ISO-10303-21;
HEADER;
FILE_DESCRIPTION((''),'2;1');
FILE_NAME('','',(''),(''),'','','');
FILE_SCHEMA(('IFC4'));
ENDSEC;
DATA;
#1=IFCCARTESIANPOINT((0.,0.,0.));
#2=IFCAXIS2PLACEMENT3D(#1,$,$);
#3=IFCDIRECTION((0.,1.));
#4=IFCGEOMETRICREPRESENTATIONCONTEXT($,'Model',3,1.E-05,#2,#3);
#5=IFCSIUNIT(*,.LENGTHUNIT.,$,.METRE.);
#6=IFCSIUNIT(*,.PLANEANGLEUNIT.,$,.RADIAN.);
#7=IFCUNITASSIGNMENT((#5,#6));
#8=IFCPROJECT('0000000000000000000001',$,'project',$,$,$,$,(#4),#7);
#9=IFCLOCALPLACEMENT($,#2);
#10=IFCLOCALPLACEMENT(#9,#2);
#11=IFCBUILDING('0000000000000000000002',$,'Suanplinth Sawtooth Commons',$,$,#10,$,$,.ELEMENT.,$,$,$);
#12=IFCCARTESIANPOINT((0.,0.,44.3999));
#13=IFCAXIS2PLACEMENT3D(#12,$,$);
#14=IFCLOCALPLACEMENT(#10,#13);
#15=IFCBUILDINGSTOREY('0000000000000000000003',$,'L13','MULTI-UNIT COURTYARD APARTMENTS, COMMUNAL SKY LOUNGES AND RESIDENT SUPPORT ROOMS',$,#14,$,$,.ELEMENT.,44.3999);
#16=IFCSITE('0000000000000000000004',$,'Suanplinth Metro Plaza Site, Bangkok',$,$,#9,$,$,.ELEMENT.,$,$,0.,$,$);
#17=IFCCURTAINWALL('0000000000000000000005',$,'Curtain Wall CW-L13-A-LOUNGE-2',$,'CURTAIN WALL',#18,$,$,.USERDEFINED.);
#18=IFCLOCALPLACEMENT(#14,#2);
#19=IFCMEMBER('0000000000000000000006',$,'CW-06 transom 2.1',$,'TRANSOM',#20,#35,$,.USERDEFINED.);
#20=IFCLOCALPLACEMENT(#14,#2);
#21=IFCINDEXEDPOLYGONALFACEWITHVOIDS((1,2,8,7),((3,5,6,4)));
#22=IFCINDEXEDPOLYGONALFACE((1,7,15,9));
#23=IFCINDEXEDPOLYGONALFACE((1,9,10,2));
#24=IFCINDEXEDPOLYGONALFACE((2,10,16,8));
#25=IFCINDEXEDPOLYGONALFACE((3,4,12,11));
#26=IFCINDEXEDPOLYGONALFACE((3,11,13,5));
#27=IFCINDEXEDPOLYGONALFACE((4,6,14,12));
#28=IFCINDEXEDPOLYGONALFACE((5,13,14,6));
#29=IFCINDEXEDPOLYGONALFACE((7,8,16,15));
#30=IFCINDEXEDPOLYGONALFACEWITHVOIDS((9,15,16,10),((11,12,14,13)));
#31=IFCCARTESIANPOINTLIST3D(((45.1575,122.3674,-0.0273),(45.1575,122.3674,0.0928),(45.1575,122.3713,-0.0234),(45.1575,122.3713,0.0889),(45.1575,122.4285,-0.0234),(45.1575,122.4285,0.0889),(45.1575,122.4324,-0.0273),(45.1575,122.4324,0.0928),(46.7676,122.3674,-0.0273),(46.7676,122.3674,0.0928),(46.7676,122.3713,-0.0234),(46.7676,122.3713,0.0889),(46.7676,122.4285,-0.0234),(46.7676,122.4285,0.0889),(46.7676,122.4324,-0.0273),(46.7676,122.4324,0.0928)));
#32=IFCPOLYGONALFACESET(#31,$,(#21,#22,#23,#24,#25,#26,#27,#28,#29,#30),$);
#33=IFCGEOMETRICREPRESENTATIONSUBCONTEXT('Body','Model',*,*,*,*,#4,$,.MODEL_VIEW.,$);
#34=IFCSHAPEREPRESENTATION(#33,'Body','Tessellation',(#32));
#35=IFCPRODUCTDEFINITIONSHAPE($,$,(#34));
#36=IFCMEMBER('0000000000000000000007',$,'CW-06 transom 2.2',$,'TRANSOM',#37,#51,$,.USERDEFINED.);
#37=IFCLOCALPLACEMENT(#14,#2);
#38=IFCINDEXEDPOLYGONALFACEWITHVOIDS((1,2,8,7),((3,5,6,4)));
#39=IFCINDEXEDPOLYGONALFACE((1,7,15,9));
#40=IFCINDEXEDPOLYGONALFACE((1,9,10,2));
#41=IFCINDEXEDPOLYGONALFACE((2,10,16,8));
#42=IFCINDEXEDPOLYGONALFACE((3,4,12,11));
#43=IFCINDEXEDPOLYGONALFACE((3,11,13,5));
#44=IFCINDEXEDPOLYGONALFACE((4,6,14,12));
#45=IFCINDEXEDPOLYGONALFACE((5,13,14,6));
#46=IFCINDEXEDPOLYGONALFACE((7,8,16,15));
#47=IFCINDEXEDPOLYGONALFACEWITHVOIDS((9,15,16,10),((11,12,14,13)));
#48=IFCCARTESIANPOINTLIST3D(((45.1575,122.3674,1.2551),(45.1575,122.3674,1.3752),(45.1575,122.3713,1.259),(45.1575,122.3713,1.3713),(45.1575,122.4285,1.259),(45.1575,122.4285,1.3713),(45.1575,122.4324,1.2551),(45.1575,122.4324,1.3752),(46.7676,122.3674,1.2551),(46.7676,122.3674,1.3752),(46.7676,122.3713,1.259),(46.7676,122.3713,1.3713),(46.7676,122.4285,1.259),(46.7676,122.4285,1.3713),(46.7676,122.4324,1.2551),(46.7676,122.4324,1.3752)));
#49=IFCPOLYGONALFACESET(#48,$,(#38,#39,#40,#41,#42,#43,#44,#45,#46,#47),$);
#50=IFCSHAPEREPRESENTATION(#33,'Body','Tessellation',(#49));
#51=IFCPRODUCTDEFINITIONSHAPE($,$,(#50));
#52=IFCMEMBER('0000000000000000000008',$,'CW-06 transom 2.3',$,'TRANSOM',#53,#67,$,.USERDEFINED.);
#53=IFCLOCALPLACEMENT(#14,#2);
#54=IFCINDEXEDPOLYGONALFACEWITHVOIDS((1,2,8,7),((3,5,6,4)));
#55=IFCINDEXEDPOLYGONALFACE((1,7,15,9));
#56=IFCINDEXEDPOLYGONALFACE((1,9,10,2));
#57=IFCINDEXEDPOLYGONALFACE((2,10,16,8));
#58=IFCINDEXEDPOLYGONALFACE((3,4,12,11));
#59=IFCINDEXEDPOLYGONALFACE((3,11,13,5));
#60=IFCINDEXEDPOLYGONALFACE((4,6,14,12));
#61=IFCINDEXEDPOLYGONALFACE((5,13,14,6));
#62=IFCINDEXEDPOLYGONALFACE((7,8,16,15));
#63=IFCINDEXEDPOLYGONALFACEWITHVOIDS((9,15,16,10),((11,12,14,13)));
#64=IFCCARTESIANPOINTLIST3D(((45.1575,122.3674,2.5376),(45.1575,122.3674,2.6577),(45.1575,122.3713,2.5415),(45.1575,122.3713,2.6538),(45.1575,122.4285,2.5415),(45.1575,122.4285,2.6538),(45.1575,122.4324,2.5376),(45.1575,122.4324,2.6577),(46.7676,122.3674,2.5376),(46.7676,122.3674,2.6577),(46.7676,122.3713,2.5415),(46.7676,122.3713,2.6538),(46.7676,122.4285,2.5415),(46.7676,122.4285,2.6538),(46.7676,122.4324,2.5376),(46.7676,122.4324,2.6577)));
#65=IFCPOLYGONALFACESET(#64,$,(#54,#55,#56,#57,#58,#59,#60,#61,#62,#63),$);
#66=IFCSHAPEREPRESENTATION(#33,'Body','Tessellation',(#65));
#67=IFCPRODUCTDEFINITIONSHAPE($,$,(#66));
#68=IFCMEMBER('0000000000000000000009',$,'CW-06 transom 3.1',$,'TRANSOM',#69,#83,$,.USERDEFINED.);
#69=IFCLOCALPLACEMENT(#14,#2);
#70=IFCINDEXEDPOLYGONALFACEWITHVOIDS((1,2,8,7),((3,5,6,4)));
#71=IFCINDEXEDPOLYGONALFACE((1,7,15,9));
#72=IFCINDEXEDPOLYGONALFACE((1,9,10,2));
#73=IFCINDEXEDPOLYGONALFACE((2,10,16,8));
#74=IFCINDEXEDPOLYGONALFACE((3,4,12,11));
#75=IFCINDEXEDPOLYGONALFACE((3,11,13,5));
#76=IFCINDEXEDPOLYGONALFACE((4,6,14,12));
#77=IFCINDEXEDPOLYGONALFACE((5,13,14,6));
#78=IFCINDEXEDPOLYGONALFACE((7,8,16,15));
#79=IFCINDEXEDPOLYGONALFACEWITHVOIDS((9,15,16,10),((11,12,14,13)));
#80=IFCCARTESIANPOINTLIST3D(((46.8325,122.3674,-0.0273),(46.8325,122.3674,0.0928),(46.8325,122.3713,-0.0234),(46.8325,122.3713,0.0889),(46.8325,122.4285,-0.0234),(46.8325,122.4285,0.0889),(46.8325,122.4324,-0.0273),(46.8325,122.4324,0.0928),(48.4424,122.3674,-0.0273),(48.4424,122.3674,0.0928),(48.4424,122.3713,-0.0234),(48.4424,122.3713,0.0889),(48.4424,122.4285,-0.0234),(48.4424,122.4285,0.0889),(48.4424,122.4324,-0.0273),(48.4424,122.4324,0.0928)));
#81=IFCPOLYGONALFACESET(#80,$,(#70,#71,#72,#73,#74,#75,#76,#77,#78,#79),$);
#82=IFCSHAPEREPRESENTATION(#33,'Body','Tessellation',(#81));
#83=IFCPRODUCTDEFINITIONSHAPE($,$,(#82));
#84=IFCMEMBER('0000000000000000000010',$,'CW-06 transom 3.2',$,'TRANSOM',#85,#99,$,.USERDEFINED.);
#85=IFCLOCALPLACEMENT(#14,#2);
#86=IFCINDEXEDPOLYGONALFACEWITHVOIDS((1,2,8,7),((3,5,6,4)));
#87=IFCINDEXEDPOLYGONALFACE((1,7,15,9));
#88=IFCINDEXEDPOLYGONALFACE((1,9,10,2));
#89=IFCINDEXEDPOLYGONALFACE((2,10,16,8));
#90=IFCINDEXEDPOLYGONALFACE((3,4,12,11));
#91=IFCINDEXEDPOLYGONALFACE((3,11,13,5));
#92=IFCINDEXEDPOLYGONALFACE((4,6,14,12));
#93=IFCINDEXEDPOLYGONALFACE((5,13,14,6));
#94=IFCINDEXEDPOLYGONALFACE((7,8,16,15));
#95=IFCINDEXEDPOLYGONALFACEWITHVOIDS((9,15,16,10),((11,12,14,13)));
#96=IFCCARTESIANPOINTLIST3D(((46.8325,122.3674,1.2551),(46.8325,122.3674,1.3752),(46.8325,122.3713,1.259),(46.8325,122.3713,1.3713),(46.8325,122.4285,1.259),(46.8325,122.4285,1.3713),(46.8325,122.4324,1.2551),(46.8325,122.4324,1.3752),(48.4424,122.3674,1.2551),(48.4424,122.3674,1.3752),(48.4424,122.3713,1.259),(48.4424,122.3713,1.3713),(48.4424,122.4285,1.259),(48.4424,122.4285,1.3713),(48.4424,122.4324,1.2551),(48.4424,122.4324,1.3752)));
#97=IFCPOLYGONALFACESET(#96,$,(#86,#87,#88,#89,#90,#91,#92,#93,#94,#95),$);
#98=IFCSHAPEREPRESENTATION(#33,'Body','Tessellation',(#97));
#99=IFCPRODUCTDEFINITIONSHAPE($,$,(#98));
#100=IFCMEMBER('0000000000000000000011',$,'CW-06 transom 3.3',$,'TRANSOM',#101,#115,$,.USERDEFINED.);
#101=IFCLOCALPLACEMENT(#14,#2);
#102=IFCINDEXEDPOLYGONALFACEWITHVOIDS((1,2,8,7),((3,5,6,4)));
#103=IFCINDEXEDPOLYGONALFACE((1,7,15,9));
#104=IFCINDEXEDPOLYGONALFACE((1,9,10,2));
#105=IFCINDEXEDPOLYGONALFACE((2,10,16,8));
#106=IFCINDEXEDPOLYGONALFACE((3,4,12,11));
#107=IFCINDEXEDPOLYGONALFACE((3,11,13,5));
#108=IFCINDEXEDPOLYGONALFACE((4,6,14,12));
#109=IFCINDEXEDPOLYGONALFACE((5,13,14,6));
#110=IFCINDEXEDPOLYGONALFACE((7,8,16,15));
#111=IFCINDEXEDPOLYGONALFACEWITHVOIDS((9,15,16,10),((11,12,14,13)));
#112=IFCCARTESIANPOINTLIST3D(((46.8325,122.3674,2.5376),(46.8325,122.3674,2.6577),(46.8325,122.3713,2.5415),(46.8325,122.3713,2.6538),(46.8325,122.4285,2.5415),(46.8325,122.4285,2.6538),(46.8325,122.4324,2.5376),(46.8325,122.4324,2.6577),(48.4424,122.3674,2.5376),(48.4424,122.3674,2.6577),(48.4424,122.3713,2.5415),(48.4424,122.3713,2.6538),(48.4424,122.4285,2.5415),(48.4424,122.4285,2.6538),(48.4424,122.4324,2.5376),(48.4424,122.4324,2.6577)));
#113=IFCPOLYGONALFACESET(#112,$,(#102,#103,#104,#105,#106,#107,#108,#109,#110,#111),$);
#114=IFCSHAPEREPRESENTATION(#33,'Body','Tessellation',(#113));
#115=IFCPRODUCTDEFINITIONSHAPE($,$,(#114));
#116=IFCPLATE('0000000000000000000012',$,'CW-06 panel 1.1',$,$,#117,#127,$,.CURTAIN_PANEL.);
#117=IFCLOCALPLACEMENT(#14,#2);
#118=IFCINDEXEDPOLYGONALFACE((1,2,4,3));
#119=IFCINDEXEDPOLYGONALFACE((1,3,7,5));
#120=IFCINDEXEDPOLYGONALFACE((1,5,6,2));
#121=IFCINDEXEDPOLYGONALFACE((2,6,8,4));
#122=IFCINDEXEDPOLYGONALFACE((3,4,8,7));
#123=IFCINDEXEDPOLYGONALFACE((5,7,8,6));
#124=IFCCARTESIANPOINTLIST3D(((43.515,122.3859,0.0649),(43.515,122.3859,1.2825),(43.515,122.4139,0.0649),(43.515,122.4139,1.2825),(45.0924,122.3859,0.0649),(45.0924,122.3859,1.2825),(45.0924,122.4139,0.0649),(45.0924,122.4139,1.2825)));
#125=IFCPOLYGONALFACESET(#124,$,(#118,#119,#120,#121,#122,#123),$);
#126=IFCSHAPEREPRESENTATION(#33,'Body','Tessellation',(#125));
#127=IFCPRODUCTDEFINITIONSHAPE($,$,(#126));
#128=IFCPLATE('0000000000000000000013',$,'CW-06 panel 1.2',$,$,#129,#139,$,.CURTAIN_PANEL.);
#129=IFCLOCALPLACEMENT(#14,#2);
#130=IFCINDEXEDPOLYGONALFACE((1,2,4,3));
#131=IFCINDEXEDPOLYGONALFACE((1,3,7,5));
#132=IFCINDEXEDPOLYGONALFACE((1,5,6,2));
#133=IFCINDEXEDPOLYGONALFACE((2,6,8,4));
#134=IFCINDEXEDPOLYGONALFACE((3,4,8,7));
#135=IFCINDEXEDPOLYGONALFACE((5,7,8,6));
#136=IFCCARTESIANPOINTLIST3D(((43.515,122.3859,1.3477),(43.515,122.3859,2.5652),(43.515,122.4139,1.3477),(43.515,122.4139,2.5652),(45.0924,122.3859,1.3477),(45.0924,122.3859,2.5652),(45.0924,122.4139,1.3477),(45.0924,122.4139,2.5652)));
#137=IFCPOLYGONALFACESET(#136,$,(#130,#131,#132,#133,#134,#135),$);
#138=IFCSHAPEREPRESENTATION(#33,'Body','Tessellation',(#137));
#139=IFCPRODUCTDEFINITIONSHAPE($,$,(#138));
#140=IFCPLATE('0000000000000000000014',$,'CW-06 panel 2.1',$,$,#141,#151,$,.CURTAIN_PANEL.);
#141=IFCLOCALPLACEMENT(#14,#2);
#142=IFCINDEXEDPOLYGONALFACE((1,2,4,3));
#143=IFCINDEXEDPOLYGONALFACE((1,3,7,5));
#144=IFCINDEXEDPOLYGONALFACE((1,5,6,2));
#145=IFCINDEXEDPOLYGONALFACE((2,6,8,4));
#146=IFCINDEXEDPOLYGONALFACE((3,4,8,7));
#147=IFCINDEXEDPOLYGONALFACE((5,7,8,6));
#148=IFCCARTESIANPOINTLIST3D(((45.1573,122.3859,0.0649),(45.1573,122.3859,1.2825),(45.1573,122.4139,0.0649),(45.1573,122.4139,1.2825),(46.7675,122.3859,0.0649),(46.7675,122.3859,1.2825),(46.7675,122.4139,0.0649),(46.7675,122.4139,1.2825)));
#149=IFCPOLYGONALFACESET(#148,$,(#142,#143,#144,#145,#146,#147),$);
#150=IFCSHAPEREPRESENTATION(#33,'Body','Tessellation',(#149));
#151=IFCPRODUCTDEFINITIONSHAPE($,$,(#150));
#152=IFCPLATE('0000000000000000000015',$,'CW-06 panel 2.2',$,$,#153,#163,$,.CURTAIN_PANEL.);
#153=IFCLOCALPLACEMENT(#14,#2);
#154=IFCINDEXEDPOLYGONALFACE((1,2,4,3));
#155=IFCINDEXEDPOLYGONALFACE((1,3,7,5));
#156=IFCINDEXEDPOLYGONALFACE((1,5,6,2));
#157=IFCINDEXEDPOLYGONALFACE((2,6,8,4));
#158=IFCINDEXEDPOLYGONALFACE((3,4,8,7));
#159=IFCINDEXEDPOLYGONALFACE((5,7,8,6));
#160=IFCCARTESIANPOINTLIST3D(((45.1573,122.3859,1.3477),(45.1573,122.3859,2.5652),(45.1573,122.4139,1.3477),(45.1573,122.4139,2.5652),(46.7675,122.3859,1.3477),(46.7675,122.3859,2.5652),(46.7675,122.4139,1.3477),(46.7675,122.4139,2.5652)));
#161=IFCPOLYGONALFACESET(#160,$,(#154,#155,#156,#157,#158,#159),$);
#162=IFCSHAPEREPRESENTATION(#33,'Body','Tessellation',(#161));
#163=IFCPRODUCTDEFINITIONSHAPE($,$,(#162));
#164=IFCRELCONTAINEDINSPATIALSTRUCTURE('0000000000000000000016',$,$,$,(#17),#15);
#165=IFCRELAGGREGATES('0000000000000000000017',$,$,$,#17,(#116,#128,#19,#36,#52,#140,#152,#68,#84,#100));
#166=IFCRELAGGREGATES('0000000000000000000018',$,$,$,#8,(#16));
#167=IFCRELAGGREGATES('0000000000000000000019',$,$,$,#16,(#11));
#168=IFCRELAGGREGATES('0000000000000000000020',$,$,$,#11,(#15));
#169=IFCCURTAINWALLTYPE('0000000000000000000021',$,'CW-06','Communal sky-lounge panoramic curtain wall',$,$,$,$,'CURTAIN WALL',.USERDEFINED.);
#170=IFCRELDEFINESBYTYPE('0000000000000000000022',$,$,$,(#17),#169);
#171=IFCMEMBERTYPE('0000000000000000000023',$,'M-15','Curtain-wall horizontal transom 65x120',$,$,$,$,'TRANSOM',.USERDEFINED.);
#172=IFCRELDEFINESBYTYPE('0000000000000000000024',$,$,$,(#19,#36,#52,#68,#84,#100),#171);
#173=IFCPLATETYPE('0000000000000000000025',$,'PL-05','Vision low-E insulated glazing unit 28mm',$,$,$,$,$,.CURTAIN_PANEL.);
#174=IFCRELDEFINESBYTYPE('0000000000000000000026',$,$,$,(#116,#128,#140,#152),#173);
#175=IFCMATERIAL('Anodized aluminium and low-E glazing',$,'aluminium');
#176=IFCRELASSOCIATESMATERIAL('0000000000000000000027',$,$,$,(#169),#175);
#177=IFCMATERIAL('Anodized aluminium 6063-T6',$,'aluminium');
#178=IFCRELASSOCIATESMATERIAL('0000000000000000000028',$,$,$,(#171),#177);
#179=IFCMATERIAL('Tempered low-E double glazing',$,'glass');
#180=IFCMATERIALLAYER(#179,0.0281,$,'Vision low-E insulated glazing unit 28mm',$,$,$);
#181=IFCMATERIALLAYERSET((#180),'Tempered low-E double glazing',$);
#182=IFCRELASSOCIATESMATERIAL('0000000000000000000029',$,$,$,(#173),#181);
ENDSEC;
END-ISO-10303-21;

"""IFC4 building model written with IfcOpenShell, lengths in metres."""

from ifc_helpers import new_model, si_unit, direction, frame, origin, origin_2d, place, context, subcontext, project, spatial, rectangle, hollow_rectangle, extrude, material, layer, layer_set, material_profile, profile_set, type_object, element, aggregate, save


model = new_model("IFC4")

# Units and contexts
model_context = context("Model", 3, precision=1e-05, world=origin(), true_north=direction((0.0, 1.0)))
body_context = subcontext(model_context, "Body", "Model", "MODEL_VIEW")
ifc_project = project(units=[si_unit("LENGTHUNIT", "METRE"), si_unit("PLANEANGLEUNIT", "RADIAN")], contexts=[model_context])

# Site, building, storey
site_placement = place(None, origin())
site = spatial("IfcSite", under=ifc_project, at=site_placement, Name="Suanplinth Metro Plaza Site, Bangkok", CompositionType="ELEMENT", RefElevation=0.0)
building_placement = place(site_placement, origin())
building = spatial("IfcBuilding", under=site, at=building_placement, Name="Suanplinth Sawtooth Commons", CompositionType="ELEMENT")
storey_placement = place(building_placement, frame((0.0, 0.0, 44.3999)))
storey = spatial("IfcBuildingStorey", under=building, at=storey_placement, Name="L13", Description="MULTI-UNIT COURTYARD APARTMENTS, COMMUNAL SKY LOUNGES AND RESIDENT SUPPORT ROOMS", CompositionType="ELEMENT", Elevation=44.3999)

# Curtain wall, members, plates
ifc_material_1 = material(Name="Anodized aluminium and low-E glazing", Category="aluminium")
curtain_wall_type = type_object("IfcCurtainWallType", Name="CW-06", Description="Communal sky-lounge panoramic curtain wall", ElementType="CURTAIN WALL", PredefinedType="USERDEFINED", material=ifc_material_1)
curtain_wall_placement = place(storey_placement, origin())
curtain_wall = element("IfcCurtainWall", 1, at=curtain_wall_placement, inside=storey, type_object=curtain_wall_type, Name="Curtain Wall CW-L13-A-LOUNGE-2", ObjectType="CURTAIN WALL", PredefinedType="USERDEFINED")
ifc_material_2 = material(Name="Anodized aluminium 6063-T6", Category="aluminium")
ifc_material_profile_1 = material_profile(ifc_material_2, hollow_rectangle(XDim=0.0649, YDim=0.1201, WallThickness=0.0039, at=origin_2d()), Name="ALU-TRN 65x120")
ifc_profile_set_1 = profile_set([ifc_material_profile_1], Name="Anodized aluminium 6063-T6")
member_type_1 = type_object("IfcMemberType", Name="M-15", Description="Curtain-wall horizontal transom 65x120", ElementType="TRANSOM", PredefinedType="USERDEFINED", material=ifc_profile_set_1)
member_1_placement = place(storey_placement, frame((45.1575, 122.3999, 0.0327), z_axis=(1.0, 0.0, 0.0), x_axis=(0.0, 1.0, 0.0)))
member_1 = element("IfcMember", 2, at=member_1_placement, type_object=member_type_1, Name="CW-06 transom 2.1", ObjectType="TRANSOM", PredefinedType="USERDEFINED", context=body_context, shape_type="SweptSolid", body=[
    extrude(hollow_rectangle(XDim=0.0649, YDim=0.1201, WallThickness=0.0039, at=origin_2d()), origin(), (0.0, 0.0, 1.0), 1.6101),
])
member_2_placement = place(storey_placement, frame((45.1575, 122.3999, 1.3152), z_axis=(1.0, 0.0, 0.0), x_axis=(0.0, 1.0, 0.0)))
member_2 = element("IfcMember", 3, at=member_2_placement, type_object=member_type_1, Name="CW-06 transom 2.2", ObjectType="TRANSOM", PredefinedType="USERDEFINED", context=body_context, shape_type="SweptSolid", body=[
    extrude(hollow_rectangle(XDim=0.0649, YDim=0.1201, WallThickness=0.0039, at=origin_2d()), origin(), (0.0, 0.0, 1.0), 1.6101),
])
member_3_placement = place(storey_placement, frame((45.1575, 122.3999, 2.5977), z_axis=(1.0, 0.0, 0.0), x_axis=(0.0, 1.0, 0.0)))
member_3 = element("IfcMember", 4, at=member_3_placement, type_object=member_type_1, Name="CW-06 transom 2.3", ObjectType="TRANSOM", PredefinedType="USERDEFINED", context=body_context, shape_type="SweptSolid", body=[
    extrude(hollow_rectangle(XDim=0.0649, YDim=0.1201, WallThickness=0.0039, at=origin_2d()), origin(), (0.0, 0.0, 1.0), 1.6101),
])
member_4_placement = place(storey_placement, frame((46.8325, 122.3999, 0.0327), z_axis=(1.0, 0.0, 0.0), x_axis=(0.0, 1.0, 0.0)))
member_4 = element("IfcMember", 5, at=member_4_placement, type_object=member_type_1, Name="CW-06 transom 3.1", ObjectType="TRANSOM", PredefinedType="USERDEFINED", context=body_context, shape_type="SweptSolid", body=[
    extrude(hollow_rectangle(XDim=0.0649, YDim=0.1201, WallThickness=0.0039, at=origin_2d()), origin(), (0.0, 0.0, 1.0), 1.6099),
])
member_5_placement = place(storey_placement, frame((46.8325, 122.3999, 1.3152), z_axis=(1.0, 0.0, 0.0), x_axis=(0.0, 1.0, 0.0)))
member_5 = element("IfcMember", 6, at=member_5_placement, type_object=member_type_1, Name="CW-06 transom 3.2", ObjectType="TRANSOM", PredefinedType="USERDEFINED", context=body_context, shape_type="SweptSolid", body=[
    extrude(hollow_rectangle(XDim=0.0649, YDim=0.1201, WallThickness=0.0039, at=origin_2d()), origin(), (0.0, 0.0, 1.0), 1.6099),
])
member_6_placement = place(storey_placement, frame((46.8325, 122.3999, 2.5977), z_axis=(1.0, 0.0, 0.0), x_axis=(0.0, 1.0, 0.0)))
member_6 = element("IfcMember", 7, at=member_6_placement, type_object=member_type_1, Name="CW-06 transom 3.3", ObjectType="TRANSOM", PredefinedType="USERDEFINED", context=body_context, shape_type="SweptSolid", body=[
    extrude(hollow_rectangle(XDim=0.0649, YDim=0.1201, WallThickness=0.0039, at=origin_2d()), origin(), (0.0, 0.0, 1.0), 1.6099),
])
ifc_material_3 = material(Name="Tempered low-E double glazing", Category="glass")
ifc_layer_1 = layer(ifc_material_3, 0.0281, Name="Vision low-E insulated glazing unit 28mm")
ifc_layer_set_1 = layer_set([ifc_layer_1], Name="Tempered low-E double glazing")
plate_type = type_object("IfcPlateType", Name="PL-05", Description="Vision low-E insulated glazing unit 28mm", PredefinedType="CURTAIN_PANEL", material=ifc_layer_set_1)
plate_1_placement = place(storey_placement, frame((44.3037, 122.3999, 0.0649), z_axis=(0.0, 0.0, 1.0), x_axis=(1.0, 0.0, 0.0)))
plate_1 = element("IfcPlate", 8, at=plate_1_placement, type_object=plate_type, Name="CW-06 panel 1.1", PredefinedType="CURTAIN_PANEL", context=body_context, shape_type="SweptSolid", body=[
    extrude(rectangle(XDim=1.5774, YDim=0.0281, at=origin_2d()), origin(), (0.0, 0.0, 1.0), 1.2175),
])
plate_2_placement = place(storey_placement, frame((44.3037, 122.3999, 1.3477), z_axis=(0.0, 0.0, 1.0), x_axis=(1.0, 0.0, 0.0)))
plate_2 = element("IfcPlate", 9, at=plate_2_placement, type_object=plate_type, Name="CW-06 panel 1.2", PredefinedType="CURTAIN_PANEL", context=body_context, shape_type="SweptSolid", body=[
    extrude(rectangle(XDim=1.5774, YDim=0.0281, at=origin_2d()), origin(), (0.0, 0.0, 1.0), 1.2175),
])
plate_3_placement = place(storey_placement, frame((45.9624, 122.3999, 0.0649), z_axis=(0.0, 0.0, 1.0), x_axis=(1.0, 0.0, 0.0)))
plate_3 = element("IfcPlate", 10, at=plate_3_placement, type_object=plate_type, Name="CW-06 panel 2.1", PredefinedType="CURTAIN_PANEL", context=body_context, shape_type="SweptSolid", body=[
    extrude(rectangle(XDim=1.6101, YDim=0.0281, at=origin_2d()), origin(), (0.0, 0.0, 1.0), 1.2175),
])
plate_4_placement = place(storey_placement, frame((45.9624, 122.3999, 1.3477), z_axis=(0.0, 0.0, 1.0), x_axis=(1.0, 0.0, 0.0)))
plate_4 = element("IfcPlate", 11, at=plate_4_placement, type_object=plate_type, Name="CW-06 panel 2.2", PredefinedType="CURTAIN_PANEL", context=body_context, shape_type="SweptSolid", body=[
    extrude(rectangle(XDim=1.6101, YDim=0.0281, at=origin_2d()), origin(), (0.0, 0.0, 1.0), 1.2175),
])
aggregate(curtain_wall, [plate_1, plate_2, member_1, member_2, member_3, plate_3, plate_4, member_4, member_5, member_6])

save(model, "model.ifc")
